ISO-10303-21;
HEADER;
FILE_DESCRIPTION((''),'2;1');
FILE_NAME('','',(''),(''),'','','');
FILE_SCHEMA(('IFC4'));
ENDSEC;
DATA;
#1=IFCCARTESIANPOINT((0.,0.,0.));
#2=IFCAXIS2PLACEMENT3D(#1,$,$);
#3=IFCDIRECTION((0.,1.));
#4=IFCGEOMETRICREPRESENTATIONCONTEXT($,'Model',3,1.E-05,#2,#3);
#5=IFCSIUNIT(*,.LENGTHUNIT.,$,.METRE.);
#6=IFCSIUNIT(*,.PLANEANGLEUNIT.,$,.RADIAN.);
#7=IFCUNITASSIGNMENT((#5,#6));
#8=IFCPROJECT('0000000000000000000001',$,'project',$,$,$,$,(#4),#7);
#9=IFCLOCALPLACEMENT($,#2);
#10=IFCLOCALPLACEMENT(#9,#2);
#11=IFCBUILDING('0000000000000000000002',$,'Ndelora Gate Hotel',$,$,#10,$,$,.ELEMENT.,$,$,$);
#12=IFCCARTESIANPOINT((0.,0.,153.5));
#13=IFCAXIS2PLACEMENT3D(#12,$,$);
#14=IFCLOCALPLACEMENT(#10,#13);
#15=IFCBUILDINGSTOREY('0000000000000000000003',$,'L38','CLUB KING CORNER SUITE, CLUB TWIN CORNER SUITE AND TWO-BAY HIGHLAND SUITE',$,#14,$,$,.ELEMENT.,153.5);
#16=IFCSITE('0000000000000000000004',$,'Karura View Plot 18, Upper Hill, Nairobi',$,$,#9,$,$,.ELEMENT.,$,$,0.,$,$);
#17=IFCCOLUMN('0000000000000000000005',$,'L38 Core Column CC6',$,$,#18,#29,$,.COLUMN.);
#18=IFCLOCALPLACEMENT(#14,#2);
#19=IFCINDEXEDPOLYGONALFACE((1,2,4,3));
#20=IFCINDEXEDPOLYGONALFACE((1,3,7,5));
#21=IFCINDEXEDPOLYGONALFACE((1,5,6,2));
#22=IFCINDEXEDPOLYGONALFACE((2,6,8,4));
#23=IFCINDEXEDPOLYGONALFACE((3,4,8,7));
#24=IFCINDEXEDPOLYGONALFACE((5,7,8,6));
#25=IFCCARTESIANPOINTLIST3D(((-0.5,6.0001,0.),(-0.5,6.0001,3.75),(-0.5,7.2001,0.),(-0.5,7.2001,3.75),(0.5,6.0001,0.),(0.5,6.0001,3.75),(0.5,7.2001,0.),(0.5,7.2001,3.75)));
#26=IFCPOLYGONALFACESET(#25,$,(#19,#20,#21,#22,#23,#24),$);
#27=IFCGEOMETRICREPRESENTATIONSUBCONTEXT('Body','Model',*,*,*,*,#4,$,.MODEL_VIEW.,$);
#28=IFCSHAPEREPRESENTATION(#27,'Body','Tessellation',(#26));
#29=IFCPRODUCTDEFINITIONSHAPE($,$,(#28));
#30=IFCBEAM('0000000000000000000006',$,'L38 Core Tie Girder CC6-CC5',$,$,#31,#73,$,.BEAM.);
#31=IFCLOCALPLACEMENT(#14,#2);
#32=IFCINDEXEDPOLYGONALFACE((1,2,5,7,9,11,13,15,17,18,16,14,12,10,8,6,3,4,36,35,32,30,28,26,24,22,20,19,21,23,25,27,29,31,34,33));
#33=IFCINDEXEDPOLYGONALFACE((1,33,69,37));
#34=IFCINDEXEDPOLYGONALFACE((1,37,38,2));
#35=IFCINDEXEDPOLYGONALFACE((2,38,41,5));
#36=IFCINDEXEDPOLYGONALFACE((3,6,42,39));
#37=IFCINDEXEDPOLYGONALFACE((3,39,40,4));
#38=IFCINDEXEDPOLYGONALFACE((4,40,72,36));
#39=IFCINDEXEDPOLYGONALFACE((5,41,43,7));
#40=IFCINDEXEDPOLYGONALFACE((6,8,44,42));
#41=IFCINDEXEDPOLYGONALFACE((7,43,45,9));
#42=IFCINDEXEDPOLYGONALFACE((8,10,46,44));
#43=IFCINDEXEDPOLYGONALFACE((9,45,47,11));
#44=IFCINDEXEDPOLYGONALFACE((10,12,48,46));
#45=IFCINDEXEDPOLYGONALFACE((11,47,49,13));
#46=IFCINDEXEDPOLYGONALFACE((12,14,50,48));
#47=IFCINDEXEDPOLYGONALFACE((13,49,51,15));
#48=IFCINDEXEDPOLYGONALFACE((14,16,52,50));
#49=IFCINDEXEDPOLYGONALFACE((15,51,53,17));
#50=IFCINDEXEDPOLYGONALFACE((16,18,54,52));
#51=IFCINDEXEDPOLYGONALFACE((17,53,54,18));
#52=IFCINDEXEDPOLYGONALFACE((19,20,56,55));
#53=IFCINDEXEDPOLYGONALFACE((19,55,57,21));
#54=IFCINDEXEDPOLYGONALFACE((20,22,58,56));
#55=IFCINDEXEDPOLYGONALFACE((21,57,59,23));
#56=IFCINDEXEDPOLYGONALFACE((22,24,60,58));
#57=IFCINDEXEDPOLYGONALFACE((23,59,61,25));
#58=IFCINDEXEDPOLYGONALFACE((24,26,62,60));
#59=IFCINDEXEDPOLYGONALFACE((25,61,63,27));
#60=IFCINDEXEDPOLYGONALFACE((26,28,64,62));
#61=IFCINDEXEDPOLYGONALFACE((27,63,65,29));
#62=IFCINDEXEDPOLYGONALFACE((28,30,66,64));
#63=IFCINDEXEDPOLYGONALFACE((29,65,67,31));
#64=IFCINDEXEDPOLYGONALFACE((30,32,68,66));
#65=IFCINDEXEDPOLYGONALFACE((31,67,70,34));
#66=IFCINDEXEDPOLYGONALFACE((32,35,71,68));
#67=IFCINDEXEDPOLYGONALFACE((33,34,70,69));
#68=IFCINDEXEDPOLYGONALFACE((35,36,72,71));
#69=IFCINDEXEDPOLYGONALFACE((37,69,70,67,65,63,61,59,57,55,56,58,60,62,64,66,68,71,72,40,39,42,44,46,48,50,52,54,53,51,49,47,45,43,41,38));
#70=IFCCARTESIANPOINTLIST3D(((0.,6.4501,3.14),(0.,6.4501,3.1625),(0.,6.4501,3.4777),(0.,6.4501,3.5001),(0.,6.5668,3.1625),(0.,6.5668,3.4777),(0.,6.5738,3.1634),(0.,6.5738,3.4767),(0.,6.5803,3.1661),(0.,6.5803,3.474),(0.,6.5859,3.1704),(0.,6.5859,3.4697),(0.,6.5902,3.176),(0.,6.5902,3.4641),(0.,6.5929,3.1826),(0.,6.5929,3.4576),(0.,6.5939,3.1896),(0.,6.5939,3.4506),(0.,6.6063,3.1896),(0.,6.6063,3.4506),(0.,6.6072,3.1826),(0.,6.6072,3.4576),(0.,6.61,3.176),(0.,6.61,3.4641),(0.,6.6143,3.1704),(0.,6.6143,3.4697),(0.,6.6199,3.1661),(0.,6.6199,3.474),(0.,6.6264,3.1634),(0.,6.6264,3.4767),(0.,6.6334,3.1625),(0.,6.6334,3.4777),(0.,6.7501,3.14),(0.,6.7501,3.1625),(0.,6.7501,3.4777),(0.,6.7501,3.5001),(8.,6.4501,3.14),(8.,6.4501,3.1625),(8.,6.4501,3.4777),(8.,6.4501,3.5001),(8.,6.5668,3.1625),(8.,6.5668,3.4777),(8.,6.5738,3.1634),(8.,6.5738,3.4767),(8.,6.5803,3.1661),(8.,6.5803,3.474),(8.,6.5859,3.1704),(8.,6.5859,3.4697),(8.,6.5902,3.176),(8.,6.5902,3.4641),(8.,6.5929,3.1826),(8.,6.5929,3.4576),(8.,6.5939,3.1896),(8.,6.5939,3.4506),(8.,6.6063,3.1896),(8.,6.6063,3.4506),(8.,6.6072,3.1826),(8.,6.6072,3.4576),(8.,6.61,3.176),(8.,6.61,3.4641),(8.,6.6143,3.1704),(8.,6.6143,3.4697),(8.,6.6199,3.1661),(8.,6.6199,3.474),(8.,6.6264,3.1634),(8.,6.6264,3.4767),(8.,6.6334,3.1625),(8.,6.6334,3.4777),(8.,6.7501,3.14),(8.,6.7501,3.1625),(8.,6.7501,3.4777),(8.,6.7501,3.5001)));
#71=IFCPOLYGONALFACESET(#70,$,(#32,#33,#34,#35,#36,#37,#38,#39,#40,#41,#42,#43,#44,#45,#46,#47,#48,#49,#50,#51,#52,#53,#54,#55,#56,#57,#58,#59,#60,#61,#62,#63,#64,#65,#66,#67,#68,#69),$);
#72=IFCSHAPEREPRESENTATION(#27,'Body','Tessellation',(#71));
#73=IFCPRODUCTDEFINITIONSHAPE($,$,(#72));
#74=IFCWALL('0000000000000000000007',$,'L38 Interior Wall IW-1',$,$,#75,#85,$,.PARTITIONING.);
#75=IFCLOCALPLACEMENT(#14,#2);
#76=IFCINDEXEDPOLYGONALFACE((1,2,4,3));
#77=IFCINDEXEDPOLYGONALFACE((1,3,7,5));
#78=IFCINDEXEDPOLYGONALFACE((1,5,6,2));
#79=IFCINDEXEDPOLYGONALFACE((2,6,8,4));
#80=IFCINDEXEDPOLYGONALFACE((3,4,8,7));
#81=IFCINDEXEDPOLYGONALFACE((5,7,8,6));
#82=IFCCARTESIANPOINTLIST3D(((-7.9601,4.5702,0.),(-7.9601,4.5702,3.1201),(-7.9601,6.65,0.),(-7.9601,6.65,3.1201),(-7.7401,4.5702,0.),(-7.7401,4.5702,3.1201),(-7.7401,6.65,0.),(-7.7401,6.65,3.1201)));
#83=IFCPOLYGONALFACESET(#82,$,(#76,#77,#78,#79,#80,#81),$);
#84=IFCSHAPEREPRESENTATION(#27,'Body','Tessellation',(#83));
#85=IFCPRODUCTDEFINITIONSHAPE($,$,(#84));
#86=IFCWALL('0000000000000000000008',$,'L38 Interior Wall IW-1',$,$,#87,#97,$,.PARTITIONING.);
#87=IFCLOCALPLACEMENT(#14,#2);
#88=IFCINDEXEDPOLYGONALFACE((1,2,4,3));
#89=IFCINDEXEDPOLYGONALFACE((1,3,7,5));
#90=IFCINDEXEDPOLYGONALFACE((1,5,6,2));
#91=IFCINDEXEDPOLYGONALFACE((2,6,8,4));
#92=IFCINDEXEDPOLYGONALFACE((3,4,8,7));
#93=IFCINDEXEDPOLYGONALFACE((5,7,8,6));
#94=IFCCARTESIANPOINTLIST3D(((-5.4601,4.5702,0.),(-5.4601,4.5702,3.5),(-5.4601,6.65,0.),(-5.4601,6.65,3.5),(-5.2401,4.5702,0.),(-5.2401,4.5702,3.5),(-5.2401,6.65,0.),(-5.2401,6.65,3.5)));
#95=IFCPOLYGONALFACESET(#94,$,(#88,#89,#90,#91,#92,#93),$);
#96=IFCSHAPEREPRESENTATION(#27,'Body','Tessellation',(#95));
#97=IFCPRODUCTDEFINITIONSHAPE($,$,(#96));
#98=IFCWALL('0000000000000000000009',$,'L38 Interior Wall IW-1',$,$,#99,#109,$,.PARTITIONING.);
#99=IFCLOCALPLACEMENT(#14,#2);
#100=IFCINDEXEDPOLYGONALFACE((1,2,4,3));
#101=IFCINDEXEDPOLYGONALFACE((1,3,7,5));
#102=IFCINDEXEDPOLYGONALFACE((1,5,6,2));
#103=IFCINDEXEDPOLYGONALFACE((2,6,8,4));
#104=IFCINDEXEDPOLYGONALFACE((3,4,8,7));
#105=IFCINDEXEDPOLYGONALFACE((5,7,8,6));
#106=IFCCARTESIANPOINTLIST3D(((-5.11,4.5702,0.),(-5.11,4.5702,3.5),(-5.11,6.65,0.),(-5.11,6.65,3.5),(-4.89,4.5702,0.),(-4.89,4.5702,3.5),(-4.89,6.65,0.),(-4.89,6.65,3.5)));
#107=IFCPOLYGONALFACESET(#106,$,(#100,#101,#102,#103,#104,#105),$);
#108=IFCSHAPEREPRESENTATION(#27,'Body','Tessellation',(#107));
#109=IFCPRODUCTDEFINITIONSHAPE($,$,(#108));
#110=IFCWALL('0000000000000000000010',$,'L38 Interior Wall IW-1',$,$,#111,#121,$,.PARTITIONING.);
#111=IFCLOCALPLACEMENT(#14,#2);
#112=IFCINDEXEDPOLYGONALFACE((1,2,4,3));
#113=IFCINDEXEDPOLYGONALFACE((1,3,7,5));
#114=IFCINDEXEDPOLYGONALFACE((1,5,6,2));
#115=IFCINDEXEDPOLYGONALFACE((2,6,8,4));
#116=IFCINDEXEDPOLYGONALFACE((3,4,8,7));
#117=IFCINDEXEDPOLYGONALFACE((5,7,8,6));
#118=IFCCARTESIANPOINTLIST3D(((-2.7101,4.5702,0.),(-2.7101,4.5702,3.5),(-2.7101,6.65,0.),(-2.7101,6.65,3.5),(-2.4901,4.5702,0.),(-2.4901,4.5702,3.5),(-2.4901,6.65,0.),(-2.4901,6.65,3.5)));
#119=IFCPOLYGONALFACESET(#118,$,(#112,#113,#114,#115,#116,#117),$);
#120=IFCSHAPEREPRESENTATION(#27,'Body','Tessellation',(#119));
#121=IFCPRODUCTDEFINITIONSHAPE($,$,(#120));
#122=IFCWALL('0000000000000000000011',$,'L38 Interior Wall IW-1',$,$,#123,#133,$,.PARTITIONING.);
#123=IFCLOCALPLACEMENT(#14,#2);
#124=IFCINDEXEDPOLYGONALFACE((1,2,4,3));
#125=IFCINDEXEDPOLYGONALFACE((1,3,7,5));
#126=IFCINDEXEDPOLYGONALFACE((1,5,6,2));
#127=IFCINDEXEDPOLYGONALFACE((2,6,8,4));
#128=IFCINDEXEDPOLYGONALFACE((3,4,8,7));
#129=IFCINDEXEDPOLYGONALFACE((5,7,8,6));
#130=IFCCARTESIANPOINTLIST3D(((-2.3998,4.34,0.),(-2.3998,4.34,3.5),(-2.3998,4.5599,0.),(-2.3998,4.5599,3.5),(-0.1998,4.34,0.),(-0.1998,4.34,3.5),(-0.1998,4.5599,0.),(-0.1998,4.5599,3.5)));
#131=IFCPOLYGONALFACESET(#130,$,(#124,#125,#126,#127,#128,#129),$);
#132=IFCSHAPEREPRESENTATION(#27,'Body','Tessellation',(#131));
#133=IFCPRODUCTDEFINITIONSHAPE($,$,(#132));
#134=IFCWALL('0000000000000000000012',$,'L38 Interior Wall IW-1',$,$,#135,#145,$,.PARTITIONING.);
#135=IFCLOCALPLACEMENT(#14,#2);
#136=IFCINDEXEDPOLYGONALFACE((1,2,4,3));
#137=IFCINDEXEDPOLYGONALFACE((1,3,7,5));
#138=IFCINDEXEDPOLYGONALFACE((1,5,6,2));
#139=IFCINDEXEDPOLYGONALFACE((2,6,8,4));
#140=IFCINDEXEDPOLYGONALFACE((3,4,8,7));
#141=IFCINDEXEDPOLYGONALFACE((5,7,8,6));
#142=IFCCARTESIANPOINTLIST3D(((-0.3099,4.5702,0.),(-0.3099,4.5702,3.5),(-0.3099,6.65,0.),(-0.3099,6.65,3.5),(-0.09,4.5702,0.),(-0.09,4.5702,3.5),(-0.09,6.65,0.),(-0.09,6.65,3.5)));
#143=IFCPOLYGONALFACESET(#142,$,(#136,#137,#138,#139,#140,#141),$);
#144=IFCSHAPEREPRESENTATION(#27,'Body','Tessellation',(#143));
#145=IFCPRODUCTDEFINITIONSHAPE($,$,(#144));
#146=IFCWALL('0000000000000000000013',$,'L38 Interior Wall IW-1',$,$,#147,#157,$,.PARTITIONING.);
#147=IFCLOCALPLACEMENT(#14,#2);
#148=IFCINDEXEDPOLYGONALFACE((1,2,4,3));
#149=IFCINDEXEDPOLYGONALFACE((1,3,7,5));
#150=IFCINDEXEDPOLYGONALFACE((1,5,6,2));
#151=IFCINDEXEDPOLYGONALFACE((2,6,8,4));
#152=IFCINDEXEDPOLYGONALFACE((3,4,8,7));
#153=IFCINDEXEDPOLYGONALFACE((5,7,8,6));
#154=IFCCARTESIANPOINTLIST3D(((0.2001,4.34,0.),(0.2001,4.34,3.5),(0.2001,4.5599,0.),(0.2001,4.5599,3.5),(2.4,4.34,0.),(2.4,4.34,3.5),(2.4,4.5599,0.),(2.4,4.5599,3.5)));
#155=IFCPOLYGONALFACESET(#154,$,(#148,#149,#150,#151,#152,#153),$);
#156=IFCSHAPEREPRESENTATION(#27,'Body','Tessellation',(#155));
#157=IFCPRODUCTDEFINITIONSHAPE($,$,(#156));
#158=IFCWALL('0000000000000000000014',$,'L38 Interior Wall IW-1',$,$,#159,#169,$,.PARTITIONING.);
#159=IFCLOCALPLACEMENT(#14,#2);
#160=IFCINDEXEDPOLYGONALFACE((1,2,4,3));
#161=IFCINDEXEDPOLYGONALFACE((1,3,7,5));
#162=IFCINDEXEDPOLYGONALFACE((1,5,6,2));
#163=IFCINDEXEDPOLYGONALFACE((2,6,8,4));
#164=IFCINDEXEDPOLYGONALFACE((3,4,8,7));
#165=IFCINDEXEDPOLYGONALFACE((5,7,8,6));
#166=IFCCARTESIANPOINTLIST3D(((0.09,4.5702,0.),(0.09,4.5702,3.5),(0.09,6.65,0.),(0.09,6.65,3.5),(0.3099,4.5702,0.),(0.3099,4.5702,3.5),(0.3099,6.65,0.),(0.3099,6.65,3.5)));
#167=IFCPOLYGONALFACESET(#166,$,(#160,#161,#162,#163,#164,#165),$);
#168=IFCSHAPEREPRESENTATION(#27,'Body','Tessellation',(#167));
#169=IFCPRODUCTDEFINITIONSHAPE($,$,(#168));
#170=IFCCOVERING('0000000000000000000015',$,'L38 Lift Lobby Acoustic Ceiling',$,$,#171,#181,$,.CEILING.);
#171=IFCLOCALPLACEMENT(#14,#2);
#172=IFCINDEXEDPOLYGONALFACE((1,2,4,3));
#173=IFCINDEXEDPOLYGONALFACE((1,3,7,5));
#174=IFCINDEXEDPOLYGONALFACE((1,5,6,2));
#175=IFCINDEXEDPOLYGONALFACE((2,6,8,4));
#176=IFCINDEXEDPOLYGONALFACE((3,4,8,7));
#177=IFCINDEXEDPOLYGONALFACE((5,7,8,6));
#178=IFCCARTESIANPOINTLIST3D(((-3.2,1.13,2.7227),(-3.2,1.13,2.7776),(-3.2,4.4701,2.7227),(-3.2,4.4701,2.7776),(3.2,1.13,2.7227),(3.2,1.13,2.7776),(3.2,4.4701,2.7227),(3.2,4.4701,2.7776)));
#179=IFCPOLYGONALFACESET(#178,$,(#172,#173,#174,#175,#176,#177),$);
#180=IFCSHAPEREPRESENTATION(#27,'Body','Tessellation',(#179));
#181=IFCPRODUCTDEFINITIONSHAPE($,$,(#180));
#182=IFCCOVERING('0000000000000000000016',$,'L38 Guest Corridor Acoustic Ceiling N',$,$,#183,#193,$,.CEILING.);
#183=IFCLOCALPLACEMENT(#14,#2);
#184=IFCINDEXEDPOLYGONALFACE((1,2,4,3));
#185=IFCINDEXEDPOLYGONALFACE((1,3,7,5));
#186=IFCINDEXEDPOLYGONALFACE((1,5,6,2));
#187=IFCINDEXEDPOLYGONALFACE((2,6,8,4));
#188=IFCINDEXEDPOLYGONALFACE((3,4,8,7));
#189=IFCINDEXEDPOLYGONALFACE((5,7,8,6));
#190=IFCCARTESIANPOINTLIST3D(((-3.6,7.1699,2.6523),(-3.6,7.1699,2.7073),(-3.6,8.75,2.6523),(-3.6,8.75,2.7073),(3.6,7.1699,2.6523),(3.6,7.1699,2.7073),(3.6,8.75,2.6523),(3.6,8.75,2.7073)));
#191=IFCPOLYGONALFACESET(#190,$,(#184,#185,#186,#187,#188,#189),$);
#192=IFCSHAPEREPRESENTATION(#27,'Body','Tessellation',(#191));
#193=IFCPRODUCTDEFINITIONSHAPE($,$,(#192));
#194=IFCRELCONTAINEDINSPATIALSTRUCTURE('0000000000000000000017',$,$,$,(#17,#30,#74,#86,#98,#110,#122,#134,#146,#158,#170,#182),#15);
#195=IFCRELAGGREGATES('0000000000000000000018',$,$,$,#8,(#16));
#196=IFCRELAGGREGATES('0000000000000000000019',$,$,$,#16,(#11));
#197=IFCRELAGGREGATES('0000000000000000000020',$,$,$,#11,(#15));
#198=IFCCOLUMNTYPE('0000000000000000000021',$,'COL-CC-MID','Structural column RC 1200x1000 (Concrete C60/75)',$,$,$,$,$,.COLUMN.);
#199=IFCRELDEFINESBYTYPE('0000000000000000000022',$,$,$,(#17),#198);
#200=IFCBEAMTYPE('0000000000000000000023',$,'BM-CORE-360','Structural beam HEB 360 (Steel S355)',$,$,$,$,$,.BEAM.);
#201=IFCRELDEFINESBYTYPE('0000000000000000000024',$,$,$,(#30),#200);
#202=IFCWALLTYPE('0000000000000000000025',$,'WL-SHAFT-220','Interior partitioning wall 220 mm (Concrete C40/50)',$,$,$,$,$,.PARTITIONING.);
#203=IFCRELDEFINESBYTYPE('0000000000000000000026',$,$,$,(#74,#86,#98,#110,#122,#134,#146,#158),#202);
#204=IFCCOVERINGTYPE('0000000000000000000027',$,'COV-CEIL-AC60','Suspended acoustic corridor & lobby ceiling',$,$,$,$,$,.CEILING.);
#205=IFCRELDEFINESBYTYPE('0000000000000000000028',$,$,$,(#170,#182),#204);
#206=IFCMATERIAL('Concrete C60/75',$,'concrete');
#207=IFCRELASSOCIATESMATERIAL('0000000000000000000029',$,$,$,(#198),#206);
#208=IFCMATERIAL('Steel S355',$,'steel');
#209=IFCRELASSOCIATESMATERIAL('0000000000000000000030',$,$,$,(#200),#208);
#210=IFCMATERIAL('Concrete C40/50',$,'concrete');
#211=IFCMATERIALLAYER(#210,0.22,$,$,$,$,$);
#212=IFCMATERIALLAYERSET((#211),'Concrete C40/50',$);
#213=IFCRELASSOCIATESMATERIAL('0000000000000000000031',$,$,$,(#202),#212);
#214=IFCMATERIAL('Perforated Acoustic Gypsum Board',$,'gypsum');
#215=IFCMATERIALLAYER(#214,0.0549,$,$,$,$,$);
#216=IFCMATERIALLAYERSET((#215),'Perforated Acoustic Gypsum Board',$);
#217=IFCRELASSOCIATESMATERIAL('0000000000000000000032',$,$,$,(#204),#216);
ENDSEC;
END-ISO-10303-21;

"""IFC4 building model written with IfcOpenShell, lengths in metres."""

from ifc_helpers import new_model, si_unit, direction, frame, frame_2d, origin, origin_2d, place, context, subcontext, project, spatial, rectangle, i_section, extrude, material, layer, layer_set, material_profile, profile_set, type_object, element, save


model = new_model("IFC4")

# Units and contexts
model_context = context("Model", 3, precision=1e-05, world=origin(), true_north=direction((0.0, 1.0)))
body_context = subcontext(model_context, "Body", "Model", "MODEL_VIEW")
ifc_project = project(units=[si_unit("LENGTHUNIT", "METRE"), si_unit("PLANEANGLEUNIT", "RADIAN")], contexts=[model_context])

# Site, building, storey
site_placement = place(None, origin())
site = spatial("IfcSite", under=ifc_project, at=site_placement, Name="Karura View Plot 18, Upper Hill, Nairobi", CompositionType="ELEMENT", RefElevation=0.0)
building_placement = place(site_placement, origin())
building = spatial("IfcBuilding", under=site, at=building_placement, Name="Ndelora Gate Hotel", CompositionType="ELEMENT")
storey_placement = place(building_placement, frame((0.0, 0.0, 153.5)))
storey = spatial("IfcBuildingStorey", under=building, at=storey_placement, Name="L38", Description="CLUB KING CORNER SUITE, CLUB TWIN CORNER SUITE AND TWO-BAY HIGHLAND SUITE", CompositionType="ELEMENT", Elevation=153.5)

# Column
ifc_material_1 = material(Name="Concrete C60/75", Category="concrete")
ifc_material_profile_1 = material_profile(ifc_material_1, rectangle(XDim=1.0, YDim=1.2, at=origin_2d()), Name="RC 1200x1000")
ifc_profile_set_1 = profile_set([ifc_material_profile_1], Name="Concrete C60/75")
column_type = type_object("IfcColumnType", Name="COL-CC-MID", Description="Structural column RC 1200x1000 (Concrete C60/75)", PredefinedType="COLUMN", material=ifc_profile_set_1)
column_placement = place(storey_placement, frame((0.0, 6.6001, 0.0), z_axis=(0.0, 0.0, 1.0), x_axis=(1.0, 0.0, 0.0)))
element("IfcColumn", 1, at=column_placement, inside=storey, type_object=column_type, Name="L38 Core Column CC6", PredefinedType="COLUMN", context=body_context, shape_type="SweptSolid", body=[
    extrude(rectangle(XDim=1.0, YDim=1.2, at=origin_2d()), origin(), (0.0, 0.0, 1.0), 3.75),
])

# Beam
ifc_material_2 = material(Name="Steel S355", Category="steel")
ifc_material_profile_2 = material_profile(ifc_material_2, i_section(OverallWidth=0.3, OverallDepth=0.3601, WebThickness=0.0125, FlangeThickness=0.0225, FilletRadius=0.0271, at=origin_2d()), Name="HEB 360")
ifc_profile_set_2 = profile_set([ifc_material_profile_2], Name="Steel S355")
beam_type = type_object("IfcBeamType", Name="BM-CORE-360", Description="Structural beam HEB 360 (Steel S355)", PredefinedType="BEAM", material=ifc_profile_set_2)
beam_placement = place(storey_placement, frame((0.0, 6.6001, 3.3201), z_axis=(1.0, 0.0, 0.0), x_axis=(0.0, 1.0, 0.0)))
element("IfcBeam", 2, at=beam_placement, inside=storey, type_object=beam_type, Name="L38 Core Tie Girder CC6-CC5", PredefinedType="BEAM", context=body_context, shape_type="SweptSolid", body=[
    extrude(i_section(OverallWidth=0.3, OverallDepth=0.3601, WebThickness=0.0125, FlangeThickness=0.0225, FilletRadius=0.0271, at=origin_2d()), origin(), (0.0, 0.0, 1.0), 8.0),
])

# Shared definitions
ifc_material_3 = material(Name="Concrete C40/50", Category="concrete")

# Walls
ifc_layer_1 = layer(ifc_material_3, 0.22)
ifc_layer_set_1 = layer_set([ifc_layer_1], Name="Concrete C40/50")
wall_type_1 = type_object("IfcWallType", Name="WL-SHAFT-220", Description="Interior partitioning wall 220 mm (Concrete C40/50)", PredefinedType="PARTITIONING", material=ifc_layer_set_1)
wall_1_placement = place(storey_placement, frame((-7.8501, 4.5701, 0.0), z_axis=(0.0, 0.0, 1.0), x_axis=(0.0, 1.0, 0.0)))
element("IfcWall", 3, at=wall_1_placement, inside=storey, type_object=wall_type_1, Name="L38 Interior Wall IW-1", PredefinedType="PARTITIONING", context=body_context, shape_type="SweptSolid", body=[
    extrude(rectangle(XDim=2.0798, YDim=0.22, at=frame_2d((1.04, 0.0))), origin(), (0.0, 0.0, 1.0), 3.1201),
])
wall_2_placement = place(storey_placement, frame((-5.3501, 4.5701, 0.0), z_axis=(0.0, 0.0, 1.0), x_axis=(0.0, 1.0, 0.0)))
element("IfcWall", 4, at=wall_2_placement, inside=storey, type_object=wall_type_1, Name="L38 Interior Wall IW-1", PredefinedType="PARTITIONING", context=body_context, shape_type="SweptSolid", body=[
    extrude(rectangle(XDim=2.0798, YDim=0.22, at=frame_2d((1.04, 0.0))), origin(), (0.0, 0.0, 1.0), 3.5),
])

# Walls
for number, where, z_axis, x_axis, name in (
    (5, (-5.0, 4.5701, 0.0), (0.0, 0.0, 1.0), (0.0, 1.0, 0.0), "L38 Interior Wall IW-1"),
    (6, (-2.6001, 4.5701, 0.0), (0.0, 0.0, 1.0), (0.0, 1.0, 0.0), "L38 Interior Wall IW-1"),
):
    element("IfcWall", number, at=place(storey_placement, frame(where, z_axis=z_axis, x_axis=x_axis)), inside=storey, type_object=wall_type_1, Name=name, PredefinedType="PARTITIONING", context=body_context, shape_type="SweptSolid", body=[
        extrude(rectangle(XDim=2.0798, YDim=0.22, at=frame_2d((1.04, 0.0))), origin(), (0.0, 0.0, 1.0), 3.5),
    ])
wall_3_placement = place(storey_placement, frame((-2.3999, 4.45, 0.0), z_axis=(0.0, 0.0, 1.0), x_axis=(1.0, 0.0, 0.0)))
element("IfcWall", 7, at=wall_3_placement, inside=storey, type_object=wall_type_1, Name="L38 Interior Wall IW-1", PredefinedType="PARTITIONING", context=body_context, shape_type="SweptSolid", body=[
    extrude(rectangle(XDim=2.2, YDim=0.22, at=frame_2d((1.1001, 0.0))), origin(), (0.0, 0.0, 1.0), 3.5),
])
wall_4_placement = place(storey_placement, frame((-0.2, 4.5701, 0.0), z_axis=(0.0, 0.0, 1.0), x_axis=(0.0, 1.0, 0.0)))
element("IfcWall", 8, at=wall_4_placement, inside=storey, type_object=wall_type_1, Name="L38 Interior Wall IW-1", PredefinedType="PARTITIONING", context=body_context, shape_type="SweptSolid", body=[
    extrude(rectangle(XDim=2.0798, YDim=0.22, at=frame_2d((1.04, 0.0))), origin(), (0.0, 0.0, 1.0), 3.5),
])
wall_5_placement = place(storey_placement, frame((0.2, 4.45, 0.0), z_axis=(0.0, 0.0, 1.0), x_axis=(1.0, 0.0, 0.0)))
element("IfcWall", 9, at=wall_5_placement, inside=storey, type_object=wall_type_1, Name="L38 Interior Wall IW-1", PredefinedType="PARTITIONING", context=body_context, shape_type="SweptSolid", body=[
    extrude(rectangle(XDim=2.2, YDim=0.22, at=frame_2d((1.1001, 0.0))), origin(), (0.0, 0.0, 1.0), 3.5),
])
wall_6_placement = place(storey_placement, frame((0.2, 4.5701, 0.0), z_axis=(0.0, 0.0, 1.0), x_axis=(0.0, 1.0, 0.0)))
element("IfcWall", 10, at=wall_6_placement, inside=storey, type_object=wall_type_1, Name="L38 Interior Wall IW-1", PredefinedType="PARTITIONING", context=body_context, shape_type="SweptSolid", body=[
    extrude(rectangle(XDim=2.0798, YDim=0.22, at=frame_2d((1.04, 0.0))), origin(), (0.0, 0.0, 1.0), 3.5),
])

# Coverings
ifc_material_4 = material(Name="Perforated Acoustic Gypsum Board", Category="gypsum")
ifc_layer_2 = layer(ifc_material_4, 0.0549)
ifc_layer_set_2 = layer_set([ifc_layer_2], Name="Perforated Acoustic Gypsum Board")
covering_type_1 = type_object("IfcCoveringType", Name="COV-CEIL-AC60", Description="Suspended acoustic corridor & lobby ceiling", PredefinedType="CEILING", material=ifc_layer_set_2)
covering_1_placement = place(storey_placement, frame((0.0, 2.8, 2.7227), z_axis=(0.0, 0.0, 1.0), x_axis=(1.0, 0.0, 0.0)))
element("IfcCovering", 11, at=covering_1_placement, inside=storey, type_object=covering_type_1, Name="L38 Lift Lobby Acoustic Ceiling", PredefinedType="CEILING", context=body_context, shape_type="SweptSolid", body=[
    extrude(rectangle(XDim=6.3999, YDim=3.3401, at=origin_2d()), origin(), (0.0, 0.0, 1.0), 0.0549),
])
covering_2_placement = place(storey_placement, frame((0.0, 7.96, 2.6523), z_axis=(0.0, 0.0, 1.0), x_axis=(1.0, 0.0, 0.0)))
element("IfcCovering", 12, at=covering_2_placement, inside=storey, type_object=covering_type_1, Name="L38 Guest Corridor Acoustic Ceiling N", PredefinedType="CEILING", context=body_context, shape_type="SweptSolid", body=[
    extrude(rectangle(XDim=7.2, YDim=1.5801, at=origin_2d()), origin(), (0.0, 0.0, 1.0), 0.0549),
])

save(model, "model.ifc")
